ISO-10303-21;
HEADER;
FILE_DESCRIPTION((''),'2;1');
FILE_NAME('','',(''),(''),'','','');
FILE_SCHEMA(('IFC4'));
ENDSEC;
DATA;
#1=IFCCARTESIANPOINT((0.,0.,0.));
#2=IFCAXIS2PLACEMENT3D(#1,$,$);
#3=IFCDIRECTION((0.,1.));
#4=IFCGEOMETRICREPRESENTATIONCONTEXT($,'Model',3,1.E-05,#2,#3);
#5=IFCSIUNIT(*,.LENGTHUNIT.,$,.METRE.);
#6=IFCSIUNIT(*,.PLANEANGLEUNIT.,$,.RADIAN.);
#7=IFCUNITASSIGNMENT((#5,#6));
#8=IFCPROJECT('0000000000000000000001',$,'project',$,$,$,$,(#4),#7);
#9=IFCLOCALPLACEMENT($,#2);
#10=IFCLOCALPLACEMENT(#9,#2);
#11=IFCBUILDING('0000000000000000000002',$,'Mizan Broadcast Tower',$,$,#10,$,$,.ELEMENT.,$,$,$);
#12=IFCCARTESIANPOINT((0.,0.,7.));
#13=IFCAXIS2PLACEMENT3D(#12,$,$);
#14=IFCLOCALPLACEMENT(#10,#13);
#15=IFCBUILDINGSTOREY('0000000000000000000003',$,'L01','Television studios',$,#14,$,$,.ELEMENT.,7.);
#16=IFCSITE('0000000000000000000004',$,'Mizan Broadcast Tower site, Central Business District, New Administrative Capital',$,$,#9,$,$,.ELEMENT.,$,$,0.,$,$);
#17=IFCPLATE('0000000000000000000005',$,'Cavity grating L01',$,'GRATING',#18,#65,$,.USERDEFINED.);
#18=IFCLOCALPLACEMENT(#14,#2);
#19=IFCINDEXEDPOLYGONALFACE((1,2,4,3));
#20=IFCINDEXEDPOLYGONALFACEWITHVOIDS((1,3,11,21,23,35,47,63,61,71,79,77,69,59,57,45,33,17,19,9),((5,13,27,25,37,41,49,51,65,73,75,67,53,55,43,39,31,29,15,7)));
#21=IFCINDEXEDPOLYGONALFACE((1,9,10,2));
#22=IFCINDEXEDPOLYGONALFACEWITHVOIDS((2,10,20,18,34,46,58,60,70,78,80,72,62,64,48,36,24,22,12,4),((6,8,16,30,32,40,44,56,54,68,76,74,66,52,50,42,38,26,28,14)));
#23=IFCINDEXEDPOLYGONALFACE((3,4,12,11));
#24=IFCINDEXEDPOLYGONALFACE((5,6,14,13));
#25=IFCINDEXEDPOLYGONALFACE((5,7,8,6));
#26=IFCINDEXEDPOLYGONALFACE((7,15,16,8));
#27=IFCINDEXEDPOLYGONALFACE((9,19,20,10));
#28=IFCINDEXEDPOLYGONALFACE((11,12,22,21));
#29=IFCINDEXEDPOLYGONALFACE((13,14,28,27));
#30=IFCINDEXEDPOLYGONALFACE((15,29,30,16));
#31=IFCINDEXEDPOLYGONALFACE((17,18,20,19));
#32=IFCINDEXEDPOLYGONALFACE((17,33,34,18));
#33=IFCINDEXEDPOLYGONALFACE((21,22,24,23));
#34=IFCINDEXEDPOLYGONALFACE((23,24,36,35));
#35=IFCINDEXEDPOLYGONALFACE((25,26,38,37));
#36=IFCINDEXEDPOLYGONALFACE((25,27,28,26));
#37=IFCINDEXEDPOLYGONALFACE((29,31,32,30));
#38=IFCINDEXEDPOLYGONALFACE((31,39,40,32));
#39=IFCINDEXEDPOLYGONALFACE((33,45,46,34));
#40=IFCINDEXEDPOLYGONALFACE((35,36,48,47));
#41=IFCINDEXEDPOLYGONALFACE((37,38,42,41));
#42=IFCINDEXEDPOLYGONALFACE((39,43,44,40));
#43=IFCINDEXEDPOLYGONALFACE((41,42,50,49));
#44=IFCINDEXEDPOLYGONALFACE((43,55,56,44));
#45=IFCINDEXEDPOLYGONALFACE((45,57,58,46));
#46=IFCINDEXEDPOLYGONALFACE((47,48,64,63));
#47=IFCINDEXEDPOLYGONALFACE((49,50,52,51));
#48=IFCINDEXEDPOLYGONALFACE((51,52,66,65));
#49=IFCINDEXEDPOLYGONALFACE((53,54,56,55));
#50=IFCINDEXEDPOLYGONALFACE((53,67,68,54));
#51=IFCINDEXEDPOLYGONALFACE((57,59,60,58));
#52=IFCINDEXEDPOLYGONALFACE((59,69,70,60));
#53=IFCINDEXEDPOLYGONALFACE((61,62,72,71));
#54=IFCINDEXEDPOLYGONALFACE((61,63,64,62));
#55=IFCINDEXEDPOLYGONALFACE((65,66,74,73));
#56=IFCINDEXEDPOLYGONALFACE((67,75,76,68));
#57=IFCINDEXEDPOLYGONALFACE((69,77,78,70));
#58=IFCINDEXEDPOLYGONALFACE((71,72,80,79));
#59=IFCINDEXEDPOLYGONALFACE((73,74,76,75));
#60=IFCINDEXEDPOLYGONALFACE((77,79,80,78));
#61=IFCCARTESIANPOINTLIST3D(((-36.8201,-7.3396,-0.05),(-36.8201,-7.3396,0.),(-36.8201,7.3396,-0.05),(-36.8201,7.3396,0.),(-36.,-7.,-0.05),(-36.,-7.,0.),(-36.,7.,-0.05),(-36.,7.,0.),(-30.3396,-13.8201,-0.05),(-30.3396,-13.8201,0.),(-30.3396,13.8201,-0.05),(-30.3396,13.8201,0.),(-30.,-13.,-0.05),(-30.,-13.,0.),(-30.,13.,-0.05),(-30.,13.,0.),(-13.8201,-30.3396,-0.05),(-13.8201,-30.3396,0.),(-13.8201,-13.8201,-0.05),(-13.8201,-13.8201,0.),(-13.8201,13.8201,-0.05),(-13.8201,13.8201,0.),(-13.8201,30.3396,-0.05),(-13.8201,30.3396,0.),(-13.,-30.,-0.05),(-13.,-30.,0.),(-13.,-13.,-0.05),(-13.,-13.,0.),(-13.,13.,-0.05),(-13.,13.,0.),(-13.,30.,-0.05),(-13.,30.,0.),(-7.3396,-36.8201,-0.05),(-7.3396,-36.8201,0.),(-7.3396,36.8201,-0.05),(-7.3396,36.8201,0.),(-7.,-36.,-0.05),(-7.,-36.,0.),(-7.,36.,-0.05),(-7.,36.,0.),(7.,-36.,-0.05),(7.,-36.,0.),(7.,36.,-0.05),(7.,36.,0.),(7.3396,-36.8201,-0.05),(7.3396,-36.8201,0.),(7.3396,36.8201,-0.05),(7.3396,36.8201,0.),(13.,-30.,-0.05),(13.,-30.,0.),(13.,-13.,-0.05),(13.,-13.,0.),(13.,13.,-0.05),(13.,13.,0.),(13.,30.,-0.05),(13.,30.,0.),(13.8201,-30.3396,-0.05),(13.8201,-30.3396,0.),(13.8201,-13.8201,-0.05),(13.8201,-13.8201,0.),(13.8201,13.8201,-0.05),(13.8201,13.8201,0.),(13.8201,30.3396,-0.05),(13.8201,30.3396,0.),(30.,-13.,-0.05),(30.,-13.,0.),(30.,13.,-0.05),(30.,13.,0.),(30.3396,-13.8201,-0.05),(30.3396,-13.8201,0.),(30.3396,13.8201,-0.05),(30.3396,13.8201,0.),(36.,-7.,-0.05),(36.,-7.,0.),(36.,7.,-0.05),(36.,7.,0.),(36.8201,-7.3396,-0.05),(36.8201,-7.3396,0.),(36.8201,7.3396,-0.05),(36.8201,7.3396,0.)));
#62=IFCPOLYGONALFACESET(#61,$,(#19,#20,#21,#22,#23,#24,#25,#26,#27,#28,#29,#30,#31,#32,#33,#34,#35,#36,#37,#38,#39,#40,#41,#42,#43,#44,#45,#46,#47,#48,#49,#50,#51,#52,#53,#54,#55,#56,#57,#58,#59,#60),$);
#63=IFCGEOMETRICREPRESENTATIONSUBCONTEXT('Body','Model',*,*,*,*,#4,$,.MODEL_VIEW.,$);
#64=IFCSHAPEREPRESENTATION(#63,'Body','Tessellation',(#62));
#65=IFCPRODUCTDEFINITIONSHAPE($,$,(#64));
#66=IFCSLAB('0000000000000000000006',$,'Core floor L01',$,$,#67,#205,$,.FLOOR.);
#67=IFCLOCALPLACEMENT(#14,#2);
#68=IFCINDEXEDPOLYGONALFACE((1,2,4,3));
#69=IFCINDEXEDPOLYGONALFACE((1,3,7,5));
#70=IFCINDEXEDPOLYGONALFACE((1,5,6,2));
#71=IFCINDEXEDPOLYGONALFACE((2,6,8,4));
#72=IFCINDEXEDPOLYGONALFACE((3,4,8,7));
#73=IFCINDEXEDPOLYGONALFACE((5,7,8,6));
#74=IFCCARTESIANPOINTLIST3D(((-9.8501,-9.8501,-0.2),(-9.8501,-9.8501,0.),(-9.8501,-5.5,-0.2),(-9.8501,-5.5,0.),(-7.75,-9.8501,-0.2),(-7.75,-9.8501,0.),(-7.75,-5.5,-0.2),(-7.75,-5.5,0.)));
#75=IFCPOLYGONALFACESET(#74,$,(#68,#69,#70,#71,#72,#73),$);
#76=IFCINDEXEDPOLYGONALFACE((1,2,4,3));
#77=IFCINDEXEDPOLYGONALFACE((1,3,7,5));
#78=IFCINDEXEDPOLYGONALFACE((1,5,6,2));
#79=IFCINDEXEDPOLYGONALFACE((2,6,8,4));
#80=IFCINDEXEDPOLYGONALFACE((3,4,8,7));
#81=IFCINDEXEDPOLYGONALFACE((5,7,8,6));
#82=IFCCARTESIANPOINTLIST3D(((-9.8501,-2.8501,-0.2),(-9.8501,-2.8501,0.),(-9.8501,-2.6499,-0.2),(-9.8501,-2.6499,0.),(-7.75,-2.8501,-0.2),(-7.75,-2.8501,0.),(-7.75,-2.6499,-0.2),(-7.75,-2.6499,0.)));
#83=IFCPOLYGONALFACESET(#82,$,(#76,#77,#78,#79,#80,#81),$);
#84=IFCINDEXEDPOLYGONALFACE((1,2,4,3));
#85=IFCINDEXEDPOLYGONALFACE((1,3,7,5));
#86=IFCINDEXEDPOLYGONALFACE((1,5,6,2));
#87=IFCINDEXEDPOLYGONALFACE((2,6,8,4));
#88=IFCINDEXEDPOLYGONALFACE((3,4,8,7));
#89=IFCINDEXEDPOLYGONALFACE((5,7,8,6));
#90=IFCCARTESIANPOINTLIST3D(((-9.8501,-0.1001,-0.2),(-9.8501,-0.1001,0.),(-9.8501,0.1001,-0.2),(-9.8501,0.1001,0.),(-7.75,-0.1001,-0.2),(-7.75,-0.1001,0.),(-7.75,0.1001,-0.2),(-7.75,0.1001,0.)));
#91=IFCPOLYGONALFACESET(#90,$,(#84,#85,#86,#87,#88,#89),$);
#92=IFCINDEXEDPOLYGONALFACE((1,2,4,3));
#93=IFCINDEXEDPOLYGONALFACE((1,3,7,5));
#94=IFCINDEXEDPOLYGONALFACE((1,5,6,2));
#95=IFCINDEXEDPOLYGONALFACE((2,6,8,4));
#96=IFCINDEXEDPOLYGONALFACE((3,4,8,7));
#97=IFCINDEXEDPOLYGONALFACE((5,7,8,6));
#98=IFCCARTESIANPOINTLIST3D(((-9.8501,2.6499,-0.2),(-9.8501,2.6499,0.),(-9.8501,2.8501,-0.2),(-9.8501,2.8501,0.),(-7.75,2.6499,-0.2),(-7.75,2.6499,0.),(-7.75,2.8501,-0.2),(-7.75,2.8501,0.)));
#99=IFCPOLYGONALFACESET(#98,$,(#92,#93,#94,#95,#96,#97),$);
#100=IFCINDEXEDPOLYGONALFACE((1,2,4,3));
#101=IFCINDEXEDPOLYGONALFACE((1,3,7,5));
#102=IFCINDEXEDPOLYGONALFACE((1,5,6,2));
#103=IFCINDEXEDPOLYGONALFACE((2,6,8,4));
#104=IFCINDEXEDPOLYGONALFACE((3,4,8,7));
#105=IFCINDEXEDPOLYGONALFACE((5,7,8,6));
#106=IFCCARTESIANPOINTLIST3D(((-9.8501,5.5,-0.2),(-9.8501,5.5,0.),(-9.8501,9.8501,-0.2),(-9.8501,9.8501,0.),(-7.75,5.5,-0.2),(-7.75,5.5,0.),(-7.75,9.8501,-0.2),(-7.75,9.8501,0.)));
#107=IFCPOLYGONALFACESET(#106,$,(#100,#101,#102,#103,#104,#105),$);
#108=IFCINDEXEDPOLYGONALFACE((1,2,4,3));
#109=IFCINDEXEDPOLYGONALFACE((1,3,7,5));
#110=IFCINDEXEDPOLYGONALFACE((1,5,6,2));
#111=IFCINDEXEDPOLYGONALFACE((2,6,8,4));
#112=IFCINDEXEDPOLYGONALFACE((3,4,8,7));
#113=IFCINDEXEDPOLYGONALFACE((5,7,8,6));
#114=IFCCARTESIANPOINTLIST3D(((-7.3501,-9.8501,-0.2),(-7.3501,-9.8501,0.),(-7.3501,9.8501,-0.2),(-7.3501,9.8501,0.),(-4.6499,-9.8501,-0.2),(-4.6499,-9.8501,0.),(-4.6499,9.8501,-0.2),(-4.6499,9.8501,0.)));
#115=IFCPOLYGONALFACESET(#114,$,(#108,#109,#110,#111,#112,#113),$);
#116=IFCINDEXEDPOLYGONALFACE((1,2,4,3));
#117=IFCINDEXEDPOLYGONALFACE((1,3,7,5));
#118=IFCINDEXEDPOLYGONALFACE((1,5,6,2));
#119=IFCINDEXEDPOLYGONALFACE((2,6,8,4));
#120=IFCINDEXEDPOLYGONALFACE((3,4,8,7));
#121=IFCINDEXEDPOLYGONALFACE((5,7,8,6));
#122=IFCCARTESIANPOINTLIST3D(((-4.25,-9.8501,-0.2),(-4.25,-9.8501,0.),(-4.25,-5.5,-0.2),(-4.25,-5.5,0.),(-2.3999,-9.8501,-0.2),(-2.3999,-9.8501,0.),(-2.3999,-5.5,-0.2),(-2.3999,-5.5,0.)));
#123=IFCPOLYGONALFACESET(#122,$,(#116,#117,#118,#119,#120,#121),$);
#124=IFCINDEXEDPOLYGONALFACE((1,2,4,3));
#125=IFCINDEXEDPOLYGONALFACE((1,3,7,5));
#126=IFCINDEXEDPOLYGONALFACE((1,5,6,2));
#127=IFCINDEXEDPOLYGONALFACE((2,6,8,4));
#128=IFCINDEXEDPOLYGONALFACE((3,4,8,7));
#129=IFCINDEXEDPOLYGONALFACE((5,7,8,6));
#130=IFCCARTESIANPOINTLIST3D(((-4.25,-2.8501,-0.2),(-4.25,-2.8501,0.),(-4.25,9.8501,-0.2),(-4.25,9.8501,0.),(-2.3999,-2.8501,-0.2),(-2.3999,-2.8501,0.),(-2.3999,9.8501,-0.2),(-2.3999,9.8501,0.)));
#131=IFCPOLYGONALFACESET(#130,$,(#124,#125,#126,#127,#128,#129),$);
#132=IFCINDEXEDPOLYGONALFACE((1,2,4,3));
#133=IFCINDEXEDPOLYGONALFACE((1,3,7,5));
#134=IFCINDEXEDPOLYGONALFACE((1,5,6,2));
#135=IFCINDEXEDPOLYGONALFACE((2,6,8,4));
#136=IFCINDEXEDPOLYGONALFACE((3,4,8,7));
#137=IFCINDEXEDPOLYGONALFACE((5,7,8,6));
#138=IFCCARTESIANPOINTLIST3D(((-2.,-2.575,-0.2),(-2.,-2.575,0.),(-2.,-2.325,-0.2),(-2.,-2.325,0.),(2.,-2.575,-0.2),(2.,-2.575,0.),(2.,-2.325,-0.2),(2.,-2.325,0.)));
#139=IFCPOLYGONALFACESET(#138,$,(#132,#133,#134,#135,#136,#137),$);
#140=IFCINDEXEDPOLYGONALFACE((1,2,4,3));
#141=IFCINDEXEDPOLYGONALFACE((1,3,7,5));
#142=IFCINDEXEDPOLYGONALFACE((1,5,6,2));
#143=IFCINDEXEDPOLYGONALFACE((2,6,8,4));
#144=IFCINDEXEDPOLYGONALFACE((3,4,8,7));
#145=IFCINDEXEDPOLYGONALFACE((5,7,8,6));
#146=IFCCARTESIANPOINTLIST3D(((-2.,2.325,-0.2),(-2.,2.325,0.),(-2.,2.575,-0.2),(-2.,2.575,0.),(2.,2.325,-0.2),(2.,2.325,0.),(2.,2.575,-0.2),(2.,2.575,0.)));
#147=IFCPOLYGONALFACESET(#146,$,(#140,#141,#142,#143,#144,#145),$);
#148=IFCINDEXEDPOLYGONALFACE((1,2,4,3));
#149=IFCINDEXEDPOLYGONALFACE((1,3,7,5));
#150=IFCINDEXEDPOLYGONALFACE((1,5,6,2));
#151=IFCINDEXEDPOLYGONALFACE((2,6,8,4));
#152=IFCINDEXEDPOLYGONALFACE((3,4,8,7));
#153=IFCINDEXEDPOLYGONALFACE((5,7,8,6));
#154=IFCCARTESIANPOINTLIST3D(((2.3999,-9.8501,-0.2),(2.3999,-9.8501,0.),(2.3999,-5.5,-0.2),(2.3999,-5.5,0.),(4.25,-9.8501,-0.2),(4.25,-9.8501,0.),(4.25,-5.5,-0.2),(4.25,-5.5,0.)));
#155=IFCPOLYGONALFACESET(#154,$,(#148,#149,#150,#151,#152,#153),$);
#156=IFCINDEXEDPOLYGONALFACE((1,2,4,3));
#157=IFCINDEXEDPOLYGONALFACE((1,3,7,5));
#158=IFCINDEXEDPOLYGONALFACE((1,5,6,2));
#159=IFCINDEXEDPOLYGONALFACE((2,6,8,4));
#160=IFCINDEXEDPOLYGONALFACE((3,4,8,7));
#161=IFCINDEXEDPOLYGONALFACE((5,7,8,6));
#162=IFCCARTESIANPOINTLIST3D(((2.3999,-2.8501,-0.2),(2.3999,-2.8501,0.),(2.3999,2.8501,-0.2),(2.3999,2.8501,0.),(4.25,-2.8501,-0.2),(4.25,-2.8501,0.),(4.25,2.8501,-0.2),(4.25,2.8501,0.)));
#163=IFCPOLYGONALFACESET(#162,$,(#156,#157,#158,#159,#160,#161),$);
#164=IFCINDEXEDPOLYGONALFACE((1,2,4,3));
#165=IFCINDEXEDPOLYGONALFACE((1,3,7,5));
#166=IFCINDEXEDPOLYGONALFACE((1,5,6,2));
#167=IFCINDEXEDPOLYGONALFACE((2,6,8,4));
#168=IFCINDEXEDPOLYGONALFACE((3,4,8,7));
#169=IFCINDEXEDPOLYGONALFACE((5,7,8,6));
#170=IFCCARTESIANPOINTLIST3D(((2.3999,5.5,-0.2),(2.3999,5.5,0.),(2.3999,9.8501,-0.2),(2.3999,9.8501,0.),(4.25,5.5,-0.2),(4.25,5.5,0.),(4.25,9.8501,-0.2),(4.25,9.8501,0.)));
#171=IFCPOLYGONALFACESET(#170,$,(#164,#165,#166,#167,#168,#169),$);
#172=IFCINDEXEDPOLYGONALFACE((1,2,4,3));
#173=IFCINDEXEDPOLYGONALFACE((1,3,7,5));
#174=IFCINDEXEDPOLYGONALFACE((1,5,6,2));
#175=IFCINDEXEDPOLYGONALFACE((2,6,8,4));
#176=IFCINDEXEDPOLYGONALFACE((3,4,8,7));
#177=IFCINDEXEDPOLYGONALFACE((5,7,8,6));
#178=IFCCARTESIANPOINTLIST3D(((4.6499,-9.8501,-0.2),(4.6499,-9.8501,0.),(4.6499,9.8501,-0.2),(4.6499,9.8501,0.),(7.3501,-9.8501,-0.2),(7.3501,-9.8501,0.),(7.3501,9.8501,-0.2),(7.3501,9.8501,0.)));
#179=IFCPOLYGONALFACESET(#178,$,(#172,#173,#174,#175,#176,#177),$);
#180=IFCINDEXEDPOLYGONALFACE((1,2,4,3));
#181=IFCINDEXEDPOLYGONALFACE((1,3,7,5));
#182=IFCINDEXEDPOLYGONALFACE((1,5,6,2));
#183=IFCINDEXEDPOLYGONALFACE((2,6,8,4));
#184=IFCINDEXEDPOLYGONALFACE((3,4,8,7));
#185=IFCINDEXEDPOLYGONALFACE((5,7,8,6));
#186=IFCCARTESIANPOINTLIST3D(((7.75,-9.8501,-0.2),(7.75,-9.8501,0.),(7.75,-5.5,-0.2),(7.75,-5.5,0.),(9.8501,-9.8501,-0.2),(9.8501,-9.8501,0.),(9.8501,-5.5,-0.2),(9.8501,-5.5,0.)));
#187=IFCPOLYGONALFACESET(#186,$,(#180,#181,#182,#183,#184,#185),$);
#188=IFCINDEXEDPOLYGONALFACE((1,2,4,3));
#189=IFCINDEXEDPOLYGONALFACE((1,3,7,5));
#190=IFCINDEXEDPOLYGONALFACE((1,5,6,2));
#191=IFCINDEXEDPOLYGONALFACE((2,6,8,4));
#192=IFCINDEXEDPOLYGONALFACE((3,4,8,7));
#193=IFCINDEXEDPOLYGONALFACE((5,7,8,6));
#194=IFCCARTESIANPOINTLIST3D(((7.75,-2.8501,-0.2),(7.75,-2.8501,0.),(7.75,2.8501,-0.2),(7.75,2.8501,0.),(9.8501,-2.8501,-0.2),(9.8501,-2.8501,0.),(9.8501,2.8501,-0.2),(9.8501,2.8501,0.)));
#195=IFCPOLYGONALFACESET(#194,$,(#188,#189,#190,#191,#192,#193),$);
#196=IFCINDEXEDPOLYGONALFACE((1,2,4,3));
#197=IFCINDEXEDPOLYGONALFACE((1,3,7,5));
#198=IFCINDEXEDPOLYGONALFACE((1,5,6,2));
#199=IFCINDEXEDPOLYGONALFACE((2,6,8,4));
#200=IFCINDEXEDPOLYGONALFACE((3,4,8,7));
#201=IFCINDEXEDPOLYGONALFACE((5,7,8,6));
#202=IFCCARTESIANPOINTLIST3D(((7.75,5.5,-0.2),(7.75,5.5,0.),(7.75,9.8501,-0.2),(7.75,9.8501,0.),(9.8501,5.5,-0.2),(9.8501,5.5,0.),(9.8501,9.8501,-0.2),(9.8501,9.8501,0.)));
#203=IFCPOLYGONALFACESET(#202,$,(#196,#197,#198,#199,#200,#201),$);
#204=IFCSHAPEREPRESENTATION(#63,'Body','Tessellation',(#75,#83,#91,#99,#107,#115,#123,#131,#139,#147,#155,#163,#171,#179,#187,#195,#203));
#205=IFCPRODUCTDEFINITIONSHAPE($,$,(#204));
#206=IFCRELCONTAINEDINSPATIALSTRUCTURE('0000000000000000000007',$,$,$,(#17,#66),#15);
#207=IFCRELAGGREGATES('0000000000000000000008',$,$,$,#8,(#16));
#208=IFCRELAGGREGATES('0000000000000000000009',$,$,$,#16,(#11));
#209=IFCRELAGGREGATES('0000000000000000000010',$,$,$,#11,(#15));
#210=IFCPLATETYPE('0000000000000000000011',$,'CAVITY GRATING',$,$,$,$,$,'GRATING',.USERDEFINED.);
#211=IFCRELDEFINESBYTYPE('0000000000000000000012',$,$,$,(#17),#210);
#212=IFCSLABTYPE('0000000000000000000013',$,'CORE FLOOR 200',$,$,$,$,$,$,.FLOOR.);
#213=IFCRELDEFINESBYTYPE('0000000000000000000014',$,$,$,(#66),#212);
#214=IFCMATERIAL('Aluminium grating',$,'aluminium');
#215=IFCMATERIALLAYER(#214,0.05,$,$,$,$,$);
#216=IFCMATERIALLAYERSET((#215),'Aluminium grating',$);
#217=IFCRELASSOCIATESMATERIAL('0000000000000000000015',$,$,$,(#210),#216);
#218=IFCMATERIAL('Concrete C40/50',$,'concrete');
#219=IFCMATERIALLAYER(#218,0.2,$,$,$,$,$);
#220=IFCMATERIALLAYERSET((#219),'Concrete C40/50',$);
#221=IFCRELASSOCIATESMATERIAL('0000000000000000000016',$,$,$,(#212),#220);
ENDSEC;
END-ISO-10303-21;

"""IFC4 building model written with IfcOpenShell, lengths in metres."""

from ifc_helpers import new_model, si_unit, direction, frame, origin, place, context, subcontext, project, spatial, polyline, outline, extrude, material, layer, layer_set, type_object, element, save


model = new_model("IFC4")

# Units and contexts
model_context = context("Model", 3, precision=1e-05, world=origin(), true_north=direction((0.0, 1.0)))
body_context = subcontext(model_context, "Body", "Model", "MODEL_VIEW")
ifc_project = project(units=[si_unit("LENGTHUNIT", "METRE"), si_unit("PLANEANGLEUNIT", "RADIAN")], contexts=[model_context])

# Site, building, storey
site_placement = place(None, origin())
site = spatial("IfcSite", under=ifc_project, at=site_placement, Name="Mizan Broadcast Tower site, Central Business District, New Administrative Capital", CompositionType="ELEMENT", RefElevation=0.0)
building_placement = place(site_placement, origin())
building = spatial("IfcBuilding", under=site, at=building_placement, Name="Mizan Broadcast Tower", CompositionType="ELEMENT")
storey_placement = place(building_placement, frame((0.0, 0.0, 7.0)))
storey = spatial("IfcBuildingStorey", under=building, at=storey_placement, Name="L01", Description="Television studios", CompositionType="ELEMENT", Elevation=7.0)

# Plate
ifc_material_1 = material(Name="Aluminium grating", Category="aluminium")
ifc_layer_1 = layer(ifc_material_1, 0.05)
ifc_layer_set_1 = layer_set([ifc_layer_1], Name="Aluminium grating")
plate_type = type_object("IfcPlateType", Name="CAVITY GRATING", ElementType="GRATING", PredefinedType="USERDEFINED", material=ifc_layer_set_1)
plate_placement = place(storey_placement, frame((0.0, 0.0, -0.05)))
element("IfcPlate", 1, at=plate_placement, inside=storey, type_object=plate_type, Name="Cavity grating L01", ObjectType="GRATING", PredefinedType="USERDEFINED", context=body_context, shape_type="SweptSolid", body=[
    extrude(outline(polyline([(7.3396, -36.8201), (13.8201, -30.3396), (13.8201, -13.8201), (30.3396, -13.8201), (36.8201, -7.3396), (36.8201, 7.3396), (30.3396, 13.8201), (13.8201, 13.8201), (13.8201, 30.3396), (7.3396, 36.8201), (-7.3396, 36.8201), (-13.8201, 30.3396), (-13.8201, 13.8201), (-30.3396, 13.8201), (-36.8201, 7.3396), (-36.8201, -7.3396), (-30.3396, -13.8201), (-13.8201, -13.8201), (-13.8201, -30.3396), (-7.3396, -36.8201), (7.3396, -36.8201)]), holes=[polyline([(36.0, -7.0), (30.0, -13.0), (13.0, -13.0), (13.0, -30.0), (7.0, -36.0), (-7.0, -36.0), (-13.0, -30.0), (-13.0, -13.0), (-30.0, -13.0), (-36.0, -7.0), (-36.0, 7.0), (-30.0, 13.0), (-13.0, 13.0), (-13.0, 30.0), (-7.0, 36.0), (7.0, 36.0), (13.0, 30.0), (13.0, 13.0), (30.0, 13.0), (36.0, 7.0), (36.0, -7.0)])]), origin(), (0.0, 0.0, 1.0), 0.05),
])

# Slab
ifc_material_2 = material(Name="Concrete C40/50", Category="concrete")
ifc_layer_2 = layer(ifc_material_2, 0.2)
ifc_layer_set_2 = layer_set([ifc_layer_2], Name="Concrete C40/50")
slab_type_1 = type_object("IfcSlabType", Name="CORE FLOOR 200", PredefinedType="FLOOR", material=ifc_layer_set_2)
slab_1_placement = place(storey_placement, frame((0.0, 0.0, -0.2)))
element("IfcSlab", 2, at=slab_1_placement, inside=storey, type_object=slab_type_1, Name="Core floor L01", PredefinedType="FLOOR", context=body_context, shape_type="SweptSolid", body=[
    extrude(outline(polyline([(-9.8501, -9.8501), (-7.75, -9.8501), (-7.75, -5.5), (-9.8501, -5.5), (-9.8501, -9.8501)])), origin(), (0.0, 0.0, 1.0), 0.2),
    extrude(outline(polyline([(-9.8501, -2.8501), (-7.75, -2.8501), (-7.75, -2.6499), (-9.8501, -2.6499), (-9.8501, -2.8501)])), origin(), (0.0, 0.0, 1.0), 0.2),
    extrude(outline(polyline([(-9.8501, -0.1001), (-7.75, -0.1001), (-7.75, 0.1001), (-9.8501, 0.1001), (-9.8501, -0.1001)])), origin(), (0.0, 0.0, 1.0), 0.2),
    extrude(outline(polyline([(-9.8501, 2.6499), (-7.75, 2.6499), (-7.75, 2.8501), (-9.8501, 2.8501), (-9.8501, 2.6499)])), origin(), (0.0, 0.0, 1.0), 0.2),
    extrude(outline(polyline([(-9.8501, 5.5), (-7.75, 5.5), (-7.75, 9.8501), (-9.8501, 9.8501), (-9.8501, 5.5)])), origin(), (0.0, 0.0, 1.0), 0.2),
    extrude(outline(polyline([(-4.6499, 9.8501), (-7.3501, 9.8501), (-7.3501, -9.8501), (-4.6499, -9.8501), (-4.6499, 9.8501)])), origin(), (0.0, 0.0, 1.0), 0.2),
    extrude(outline(polyline([(-4.25, -5.5), (-4.25, -9.8501), (-2.3999, -9.8501), (-2.3999, -5.5), (-4.25, -5.5)])), origin(), (0.0, 0.0, 1.0), 0.2),
    extrude(outline(polyline([(-4.25, -2.8501), (-2.3999, -2.8501), (-2.3999, 9.8501), (-4.25, 9.8501), (-4.25, -2.8501)])), origin(), (0.0, 0.0, 1.0), 0.2),
    extrude(outline(polyline([(2.0, -2.325), (-2.0, -2.325), (-2.0, -2.575), (2.0, -2.575), (2.0, -2.325)])), origin(), (0.0, 0.0, 1.0), 0.2),
    extrude(outline(polyline([(2.0, 2.575), (-2.0, 2.575), (-2.0, 2.325), (2.0, 2.325), (2.0, 2.575)])), origin(), (0.0, 0.0, 1.0), 0.2),
    extrude(outline(polyline([(4.25, -9.8501), (4.25, -5.5), (2.3999, -5.5), (2.3999, -9.8501), (4.25, -9.8501)])), origin(), (0.0, 0.0, 1.0), 0.2),
    extrude(outline(polyline([(4.25, -2.8501), (4.25, 2.8501), (2.3999, 2.8501), (2.3999, -2.8501), (4.25, -2.8501)])), origin(), (0.0, 0.0, 1.0), 0.2),
    extrude(outline(polyline([(4.25, 5.5), (4.25, 9.8501), (2.3999, 9.8501), (2.3999, 5.5), (4.25, 5.5)])), origin(), (0.0, 0.0, 1.0), 0.2),
    extrude(outline(polyline([(4.6499, 9.8501), (4.6499, -9.8501), (7.3501, -9.8501), (7.3501, 9.8501), (4.6499, 9.8501)])), origin(), (0.0, 0.0, 1.0), 0.2),
    extrude(outline(polyline([(9.8501, -9.8501), (9.8501, -5.5), (7.75, -5.5), (7.75, -9.8501), (9.8501, -9.8501)])), origin(), (0.0, 0.0, 1.0), 0.2),
    extrude(outline(polyline([(7.75, 2.8501), (7.75, -2.8501), (9.8501, -2.8501), (9.8501, 2.8501), (7.75, 2.8501)])), origin(), (0.0, 0.0, 1.0), 0.2),
    extrude(outline(polyline([(9.8501, 5.5), (9.8501, 9.8501), (7.75, 9.8501), (7.75, 5.5), (9.8501, 5.5)])), origin(), (0.0, 0.0, 1.0), 0.2),
])

save(model, "model.ifc")
